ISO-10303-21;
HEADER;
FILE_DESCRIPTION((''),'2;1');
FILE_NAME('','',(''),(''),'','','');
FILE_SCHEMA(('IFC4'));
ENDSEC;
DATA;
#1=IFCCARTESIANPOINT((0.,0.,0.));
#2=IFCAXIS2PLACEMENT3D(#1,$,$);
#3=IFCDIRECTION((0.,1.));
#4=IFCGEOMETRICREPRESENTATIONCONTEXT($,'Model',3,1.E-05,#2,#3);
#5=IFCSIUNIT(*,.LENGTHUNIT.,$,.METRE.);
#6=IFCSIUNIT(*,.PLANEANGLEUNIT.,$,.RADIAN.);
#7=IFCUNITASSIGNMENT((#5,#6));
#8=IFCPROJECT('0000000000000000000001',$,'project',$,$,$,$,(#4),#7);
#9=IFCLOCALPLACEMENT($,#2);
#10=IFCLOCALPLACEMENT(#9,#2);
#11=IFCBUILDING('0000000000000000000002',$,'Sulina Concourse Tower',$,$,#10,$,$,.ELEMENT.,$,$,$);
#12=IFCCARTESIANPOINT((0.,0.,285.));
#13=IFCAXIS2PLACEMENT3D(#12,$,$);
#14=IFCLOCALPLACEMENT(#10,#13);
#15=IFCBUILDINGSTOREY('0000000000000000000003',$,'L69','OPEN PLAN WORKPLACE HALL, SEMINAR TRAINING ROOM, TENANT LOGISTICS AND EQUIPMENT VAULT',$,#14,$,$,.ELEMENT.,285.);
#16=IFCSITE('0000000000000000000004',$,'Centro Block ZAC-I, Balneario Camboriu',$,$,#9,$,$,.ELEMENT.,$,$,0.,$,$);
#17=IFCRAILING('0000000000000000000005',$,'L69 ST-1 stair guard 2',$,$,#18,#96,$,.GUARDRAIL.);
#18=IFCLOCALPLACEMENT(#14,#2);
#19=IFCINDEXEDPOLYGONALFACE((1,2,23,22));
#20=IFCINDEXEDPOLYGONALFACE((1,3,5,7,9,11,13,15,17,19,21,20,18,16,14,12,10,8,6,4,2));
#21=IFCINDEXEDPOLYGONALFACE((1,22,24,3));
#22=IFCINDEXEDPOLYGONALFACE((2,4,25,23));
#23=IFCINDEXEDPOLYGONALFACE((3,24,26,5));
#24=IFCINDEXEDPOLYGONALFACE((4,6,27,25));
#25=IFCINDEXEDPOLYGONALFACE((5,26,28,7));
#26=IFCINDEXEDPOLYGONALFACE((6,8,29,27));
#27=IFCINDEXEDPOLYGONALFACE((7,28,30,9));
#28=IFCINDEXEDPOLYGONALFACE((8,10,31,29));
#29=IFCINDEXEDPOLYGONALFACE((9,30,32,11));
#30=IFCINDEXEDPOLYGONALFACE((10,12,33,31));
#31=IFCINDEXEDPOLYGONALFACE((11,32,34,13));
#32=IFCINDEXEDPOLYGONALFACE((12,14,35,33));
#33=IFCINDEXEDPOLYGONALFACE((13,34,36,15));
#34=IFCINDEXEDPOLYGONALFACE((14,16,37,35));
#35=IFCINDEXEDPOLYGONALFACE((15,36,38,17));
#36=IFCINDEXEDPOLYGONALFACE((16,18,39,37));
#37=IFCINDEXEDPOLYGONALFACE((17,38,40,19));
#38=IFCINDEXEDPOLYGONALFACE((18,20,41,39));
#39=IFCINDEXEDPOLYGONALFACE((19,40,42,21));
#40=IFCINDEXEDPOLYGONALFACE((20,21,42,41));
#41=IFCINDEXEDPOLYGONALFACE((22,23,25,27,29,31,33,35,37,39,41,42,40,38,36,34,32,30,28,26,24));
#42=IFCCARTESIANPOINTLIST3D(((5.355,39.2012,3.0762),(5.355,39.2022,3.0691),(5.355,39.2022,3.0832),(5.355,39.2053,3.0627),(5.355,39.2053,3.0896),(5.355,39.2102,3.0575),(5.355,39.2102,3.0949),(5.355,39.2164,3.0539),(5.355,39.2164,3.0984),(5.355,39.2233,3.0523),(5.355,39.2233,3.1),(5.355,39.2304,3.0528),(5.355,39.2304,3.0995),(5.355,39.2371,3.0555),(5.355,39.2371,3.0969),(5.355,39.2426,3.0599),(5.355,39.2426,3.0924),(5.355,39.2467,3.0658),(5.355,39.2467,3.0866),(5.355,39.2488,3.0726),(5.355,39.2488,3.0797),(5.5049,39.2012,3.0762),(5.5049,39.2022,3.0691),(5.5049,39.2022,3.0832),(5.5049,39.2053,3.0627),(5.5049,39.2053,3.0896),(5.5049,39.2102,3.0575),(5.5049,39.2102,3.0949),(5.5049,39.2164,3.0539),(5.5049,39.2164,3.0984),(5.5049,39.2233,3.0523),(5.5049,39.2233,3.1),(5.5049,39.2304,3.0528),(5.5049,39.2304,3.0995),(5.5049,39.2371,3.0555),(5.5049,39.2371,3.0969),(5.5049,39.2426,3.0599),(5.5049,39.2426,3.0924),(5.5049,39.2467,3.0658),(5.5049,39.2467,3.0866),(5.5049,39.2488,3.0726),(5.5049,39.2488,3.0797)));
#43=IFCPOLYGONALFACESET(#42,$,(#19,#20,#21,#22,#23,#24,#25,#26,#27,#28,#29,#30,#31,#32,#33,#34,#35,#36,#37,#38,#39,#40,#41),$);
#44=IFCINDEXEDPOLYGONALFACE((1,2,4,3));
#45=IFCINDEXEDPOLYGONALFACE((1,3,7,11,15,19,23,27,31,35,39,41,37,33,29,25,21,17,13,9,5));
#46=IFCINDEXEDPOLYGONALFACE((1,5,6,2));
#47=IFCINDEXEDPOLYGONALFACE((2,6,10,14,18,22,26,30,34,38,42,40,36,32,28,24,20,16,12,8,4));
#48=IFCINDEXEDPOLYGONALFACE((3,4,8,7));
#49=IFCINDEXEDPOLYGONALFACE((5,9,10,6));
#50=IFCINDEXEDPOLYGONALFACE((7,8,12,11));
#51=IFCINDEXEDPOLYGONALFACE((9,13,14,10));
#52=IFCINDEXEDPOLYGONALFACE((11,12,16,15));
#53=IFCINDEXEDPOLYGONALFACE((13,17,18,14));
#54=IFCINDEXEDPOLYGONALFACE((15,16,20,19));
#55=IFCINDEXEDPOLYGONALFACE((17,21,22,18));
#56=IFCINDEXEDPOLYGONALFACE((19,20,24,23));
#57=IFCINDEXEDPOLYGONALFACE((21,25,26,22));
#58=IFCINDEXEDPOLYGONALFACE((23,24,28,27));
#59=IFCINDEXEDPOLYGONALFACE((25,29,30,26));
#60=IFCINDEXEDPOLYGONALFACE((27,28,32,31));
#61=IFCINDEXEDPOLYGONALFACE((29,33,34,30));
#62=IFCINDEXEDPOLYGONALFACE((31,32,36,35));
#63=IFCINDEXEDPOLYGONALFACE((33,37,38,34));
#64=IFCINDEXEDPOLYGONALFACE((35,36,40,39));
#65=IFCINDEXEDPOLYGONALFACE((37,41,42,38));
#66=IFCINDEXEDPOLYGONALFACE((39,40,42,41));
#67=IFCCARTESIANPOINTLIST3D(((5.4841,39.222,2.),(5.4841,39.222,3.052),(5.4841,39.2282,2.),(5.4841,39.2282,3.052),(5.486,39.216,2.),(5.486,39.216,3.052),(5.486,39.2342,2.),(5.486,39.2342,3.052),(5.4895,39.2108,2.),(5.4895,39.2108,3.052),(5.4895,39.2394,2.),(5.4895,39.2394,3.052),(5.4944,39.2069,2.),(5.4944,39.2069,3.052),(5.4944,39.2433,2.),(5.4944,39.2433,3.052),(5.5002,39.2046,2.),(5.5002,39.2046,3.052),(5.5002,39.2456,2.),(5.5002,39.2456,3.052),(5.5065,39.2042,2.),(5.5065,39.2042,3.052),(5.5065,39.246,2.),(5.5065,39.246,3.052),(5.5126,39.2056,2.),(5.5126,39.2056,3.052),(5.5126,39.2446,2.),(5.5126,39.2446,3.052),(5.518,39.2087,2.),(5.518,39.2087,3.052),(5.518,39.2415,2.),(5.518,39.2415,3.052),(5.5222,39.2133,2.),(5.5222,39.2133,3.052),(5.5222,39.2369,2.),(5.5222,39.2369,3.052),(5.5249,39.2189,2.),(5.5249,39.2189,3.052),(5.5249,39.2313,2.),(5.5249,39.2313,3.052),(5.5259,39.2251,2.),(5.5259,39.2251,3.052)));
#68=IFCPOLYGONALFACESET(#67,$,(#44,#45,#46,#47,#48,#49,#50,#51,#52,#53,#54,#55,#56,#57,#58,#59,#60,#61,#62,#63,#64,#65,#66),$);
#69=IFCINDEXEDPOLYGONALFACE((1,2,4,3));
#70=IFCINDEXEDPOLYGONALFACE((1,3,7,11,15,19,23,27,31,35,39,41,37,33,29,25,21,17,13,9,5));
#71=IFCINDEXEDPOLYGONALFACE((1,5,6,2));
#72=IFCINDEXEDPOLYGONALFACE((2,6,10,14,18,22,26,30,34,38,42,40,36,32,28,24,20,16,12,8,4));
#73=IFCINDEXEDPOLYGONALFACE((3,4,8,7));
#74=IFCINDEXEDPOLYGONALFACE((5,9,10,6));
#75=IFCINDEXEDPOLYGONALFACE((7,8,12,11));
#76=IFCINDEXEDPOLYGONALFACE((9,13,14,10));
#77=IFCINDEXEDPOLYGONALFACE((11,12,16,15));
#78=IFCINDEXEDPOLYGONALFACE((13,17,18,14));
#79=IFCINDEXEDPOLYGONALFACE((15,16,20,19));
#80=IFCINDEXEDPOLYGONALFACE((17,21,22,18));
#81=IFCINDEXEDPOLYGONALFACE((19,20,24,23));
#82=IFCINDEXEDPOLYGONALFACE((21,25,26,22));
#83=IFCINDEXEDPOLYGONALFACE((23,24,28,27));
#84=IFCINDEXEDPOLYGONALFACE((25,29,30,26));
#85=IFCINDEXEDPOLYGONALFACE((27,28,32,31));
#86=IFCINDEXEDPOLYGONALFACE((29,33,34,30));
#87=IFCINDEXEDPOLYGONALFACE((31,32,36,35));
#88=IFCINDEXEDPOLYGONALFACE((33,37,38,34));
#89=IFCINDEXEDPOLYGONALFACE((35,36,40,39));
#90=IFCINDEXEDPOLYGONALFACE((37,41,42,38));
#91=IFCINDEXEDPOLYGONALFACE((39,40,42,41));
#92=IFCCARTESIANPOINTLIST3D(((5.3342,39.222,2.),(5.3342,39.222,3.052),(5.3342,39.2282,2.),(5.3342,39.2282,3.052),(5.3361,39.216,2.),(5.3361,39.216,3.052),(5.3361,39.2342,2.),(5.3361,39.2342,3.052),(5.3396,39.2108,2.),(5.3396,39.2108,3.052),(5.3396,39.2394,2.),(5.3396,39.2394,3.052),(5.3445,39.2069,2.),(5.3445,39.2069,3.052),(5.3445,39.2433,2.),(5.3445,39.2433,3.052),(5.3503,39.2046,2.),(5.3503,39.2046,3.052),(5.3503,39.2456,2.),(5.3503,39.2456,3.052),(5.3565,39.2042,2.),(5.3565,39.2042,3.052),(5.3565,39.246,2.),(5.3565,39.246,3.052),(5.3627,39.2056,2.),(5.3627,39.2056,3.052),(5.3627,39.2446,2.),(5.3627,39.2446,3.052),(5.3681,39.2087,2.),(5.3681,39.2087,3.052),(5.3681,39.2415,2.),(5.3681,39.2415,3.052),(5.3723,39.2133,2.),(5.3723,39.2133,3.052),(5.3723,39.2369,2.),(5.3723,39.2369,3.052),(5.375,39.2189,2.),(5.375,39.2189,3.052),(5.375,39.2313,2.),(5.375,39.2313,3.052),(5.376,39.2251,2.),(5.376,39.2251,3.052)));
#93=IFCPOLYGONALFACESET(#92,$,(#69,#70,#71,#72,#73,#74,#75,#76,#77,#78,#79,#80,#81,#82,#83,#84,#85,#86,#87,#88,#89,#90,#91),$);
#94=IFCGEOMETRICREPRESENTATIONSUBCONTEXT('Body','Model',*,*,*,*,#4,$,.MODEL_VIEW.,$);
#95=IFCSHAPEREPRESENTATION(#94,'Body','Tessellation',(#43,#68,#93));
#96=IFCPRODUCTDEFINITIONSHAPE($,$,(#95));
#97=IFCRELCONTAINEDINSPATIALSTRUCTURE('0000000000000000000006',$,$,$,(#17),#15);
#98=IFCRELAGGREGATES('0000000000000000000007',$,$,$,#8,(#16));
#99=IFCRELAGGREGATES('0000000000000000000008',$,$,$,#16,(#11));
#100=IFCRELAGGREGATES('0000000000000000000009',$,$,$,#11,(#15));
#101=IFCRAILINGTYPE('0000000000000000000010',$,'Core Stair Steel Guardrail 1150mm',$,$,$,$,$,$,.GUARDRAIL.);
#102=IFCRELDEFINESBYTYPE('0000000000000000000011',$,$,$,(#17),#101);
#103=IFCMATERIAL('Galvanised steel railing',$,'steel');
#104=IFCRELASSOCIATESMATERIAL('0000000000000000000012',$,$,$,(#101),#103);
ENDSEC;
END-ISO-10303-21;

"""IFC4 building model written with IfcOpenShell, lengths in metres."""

from ifc_helpers import new_model, si_unit, direction, frame, origin, origin_2d, place, context, subcontext, project, spatial, circle, extrude, material, type_object, element, save


model = new_model("IFC4")

# Units and contexts
model_context = context("Model", 3, precision=1e-05, world=origin(), true_north=direction((0.0, 1.0)))
body_context = subcontext(model_context, "Body", "Model", "MODEL_VIEW")
ifc_project = project(units=[si_unit("LENGTHUNIT", "METRE"), si_unit("PLANEANGLEUNIT", "RADIAN")], contexts=[model_context])

# Site, building, storey
site_placement = place(None, origin())
site = spatial("IfcSite", under=ifc_project, at=site_placement, Name="Centro Block ZAC-I, Balneario Camboriu", CompositionType="ELEMENT", RefElevation=0.0)
building_placement = place(site_placement, origin())
building = spatial("IfcBuilding", under=site, at=building_placement, Name="Sulina Concourse Tower", CompositionType="ELEMENT")
storey_placement = place(building_placement, frame((0.0, 0.0, 285.0)))
storey = spatial("IfcBuildingStorey", under=building, at=storey_placement, Name="L69", Description="OPEN PLAN WORKPLACE HALL, SEMINAR TRAINING ROOM, TENANT LOGISTICS AND EQUIPMENT VAULT", CompositionType="ELEMENT", Elevation=285.0)

# Railing
ifc_material_1 = material(Name="Galvanised steel railing", Category="steel")
railing_type_1 = type_object("IfcRailingType", Name="Core Stair Steel Guardrail 1150mm", PredefinedType="GUARDRAIL", material=ifc_material_1)
railing_1_placement = place(storey_placement, frame((5.5049, 39.2251, 2.0)))
element("IfcRailing", 1, at=railing_1_placement, inside=storey, type_object=railing_type_1, Name="L69 ST-1 stair guard 2", PredefinedType="GUARDRAIL", context=body_context, shape_type="SweptSolid", body=[
    extrude(circle(Radius=0.0239, at=origin_2d()), frame((0.0, 0.0, 1.0762), z_axis=(-1.0, 0.0, 0.0), x_axis=(0.0, -1.0, 0.0)), (0.0, 0.0, 1.0), 0.1499),
    extrude(circle(Radius=0.021, at=origin_2d()), origin(), (0.0, 0.0, 1.0), 1.052),
    extrude(circle(Radius=0.021, at=origin_2d()), frame((-0.1499, 0.0, 0.0)), (0.0, 0.0, 1.0), 1.052),
])

save(model, "model.ifc")
